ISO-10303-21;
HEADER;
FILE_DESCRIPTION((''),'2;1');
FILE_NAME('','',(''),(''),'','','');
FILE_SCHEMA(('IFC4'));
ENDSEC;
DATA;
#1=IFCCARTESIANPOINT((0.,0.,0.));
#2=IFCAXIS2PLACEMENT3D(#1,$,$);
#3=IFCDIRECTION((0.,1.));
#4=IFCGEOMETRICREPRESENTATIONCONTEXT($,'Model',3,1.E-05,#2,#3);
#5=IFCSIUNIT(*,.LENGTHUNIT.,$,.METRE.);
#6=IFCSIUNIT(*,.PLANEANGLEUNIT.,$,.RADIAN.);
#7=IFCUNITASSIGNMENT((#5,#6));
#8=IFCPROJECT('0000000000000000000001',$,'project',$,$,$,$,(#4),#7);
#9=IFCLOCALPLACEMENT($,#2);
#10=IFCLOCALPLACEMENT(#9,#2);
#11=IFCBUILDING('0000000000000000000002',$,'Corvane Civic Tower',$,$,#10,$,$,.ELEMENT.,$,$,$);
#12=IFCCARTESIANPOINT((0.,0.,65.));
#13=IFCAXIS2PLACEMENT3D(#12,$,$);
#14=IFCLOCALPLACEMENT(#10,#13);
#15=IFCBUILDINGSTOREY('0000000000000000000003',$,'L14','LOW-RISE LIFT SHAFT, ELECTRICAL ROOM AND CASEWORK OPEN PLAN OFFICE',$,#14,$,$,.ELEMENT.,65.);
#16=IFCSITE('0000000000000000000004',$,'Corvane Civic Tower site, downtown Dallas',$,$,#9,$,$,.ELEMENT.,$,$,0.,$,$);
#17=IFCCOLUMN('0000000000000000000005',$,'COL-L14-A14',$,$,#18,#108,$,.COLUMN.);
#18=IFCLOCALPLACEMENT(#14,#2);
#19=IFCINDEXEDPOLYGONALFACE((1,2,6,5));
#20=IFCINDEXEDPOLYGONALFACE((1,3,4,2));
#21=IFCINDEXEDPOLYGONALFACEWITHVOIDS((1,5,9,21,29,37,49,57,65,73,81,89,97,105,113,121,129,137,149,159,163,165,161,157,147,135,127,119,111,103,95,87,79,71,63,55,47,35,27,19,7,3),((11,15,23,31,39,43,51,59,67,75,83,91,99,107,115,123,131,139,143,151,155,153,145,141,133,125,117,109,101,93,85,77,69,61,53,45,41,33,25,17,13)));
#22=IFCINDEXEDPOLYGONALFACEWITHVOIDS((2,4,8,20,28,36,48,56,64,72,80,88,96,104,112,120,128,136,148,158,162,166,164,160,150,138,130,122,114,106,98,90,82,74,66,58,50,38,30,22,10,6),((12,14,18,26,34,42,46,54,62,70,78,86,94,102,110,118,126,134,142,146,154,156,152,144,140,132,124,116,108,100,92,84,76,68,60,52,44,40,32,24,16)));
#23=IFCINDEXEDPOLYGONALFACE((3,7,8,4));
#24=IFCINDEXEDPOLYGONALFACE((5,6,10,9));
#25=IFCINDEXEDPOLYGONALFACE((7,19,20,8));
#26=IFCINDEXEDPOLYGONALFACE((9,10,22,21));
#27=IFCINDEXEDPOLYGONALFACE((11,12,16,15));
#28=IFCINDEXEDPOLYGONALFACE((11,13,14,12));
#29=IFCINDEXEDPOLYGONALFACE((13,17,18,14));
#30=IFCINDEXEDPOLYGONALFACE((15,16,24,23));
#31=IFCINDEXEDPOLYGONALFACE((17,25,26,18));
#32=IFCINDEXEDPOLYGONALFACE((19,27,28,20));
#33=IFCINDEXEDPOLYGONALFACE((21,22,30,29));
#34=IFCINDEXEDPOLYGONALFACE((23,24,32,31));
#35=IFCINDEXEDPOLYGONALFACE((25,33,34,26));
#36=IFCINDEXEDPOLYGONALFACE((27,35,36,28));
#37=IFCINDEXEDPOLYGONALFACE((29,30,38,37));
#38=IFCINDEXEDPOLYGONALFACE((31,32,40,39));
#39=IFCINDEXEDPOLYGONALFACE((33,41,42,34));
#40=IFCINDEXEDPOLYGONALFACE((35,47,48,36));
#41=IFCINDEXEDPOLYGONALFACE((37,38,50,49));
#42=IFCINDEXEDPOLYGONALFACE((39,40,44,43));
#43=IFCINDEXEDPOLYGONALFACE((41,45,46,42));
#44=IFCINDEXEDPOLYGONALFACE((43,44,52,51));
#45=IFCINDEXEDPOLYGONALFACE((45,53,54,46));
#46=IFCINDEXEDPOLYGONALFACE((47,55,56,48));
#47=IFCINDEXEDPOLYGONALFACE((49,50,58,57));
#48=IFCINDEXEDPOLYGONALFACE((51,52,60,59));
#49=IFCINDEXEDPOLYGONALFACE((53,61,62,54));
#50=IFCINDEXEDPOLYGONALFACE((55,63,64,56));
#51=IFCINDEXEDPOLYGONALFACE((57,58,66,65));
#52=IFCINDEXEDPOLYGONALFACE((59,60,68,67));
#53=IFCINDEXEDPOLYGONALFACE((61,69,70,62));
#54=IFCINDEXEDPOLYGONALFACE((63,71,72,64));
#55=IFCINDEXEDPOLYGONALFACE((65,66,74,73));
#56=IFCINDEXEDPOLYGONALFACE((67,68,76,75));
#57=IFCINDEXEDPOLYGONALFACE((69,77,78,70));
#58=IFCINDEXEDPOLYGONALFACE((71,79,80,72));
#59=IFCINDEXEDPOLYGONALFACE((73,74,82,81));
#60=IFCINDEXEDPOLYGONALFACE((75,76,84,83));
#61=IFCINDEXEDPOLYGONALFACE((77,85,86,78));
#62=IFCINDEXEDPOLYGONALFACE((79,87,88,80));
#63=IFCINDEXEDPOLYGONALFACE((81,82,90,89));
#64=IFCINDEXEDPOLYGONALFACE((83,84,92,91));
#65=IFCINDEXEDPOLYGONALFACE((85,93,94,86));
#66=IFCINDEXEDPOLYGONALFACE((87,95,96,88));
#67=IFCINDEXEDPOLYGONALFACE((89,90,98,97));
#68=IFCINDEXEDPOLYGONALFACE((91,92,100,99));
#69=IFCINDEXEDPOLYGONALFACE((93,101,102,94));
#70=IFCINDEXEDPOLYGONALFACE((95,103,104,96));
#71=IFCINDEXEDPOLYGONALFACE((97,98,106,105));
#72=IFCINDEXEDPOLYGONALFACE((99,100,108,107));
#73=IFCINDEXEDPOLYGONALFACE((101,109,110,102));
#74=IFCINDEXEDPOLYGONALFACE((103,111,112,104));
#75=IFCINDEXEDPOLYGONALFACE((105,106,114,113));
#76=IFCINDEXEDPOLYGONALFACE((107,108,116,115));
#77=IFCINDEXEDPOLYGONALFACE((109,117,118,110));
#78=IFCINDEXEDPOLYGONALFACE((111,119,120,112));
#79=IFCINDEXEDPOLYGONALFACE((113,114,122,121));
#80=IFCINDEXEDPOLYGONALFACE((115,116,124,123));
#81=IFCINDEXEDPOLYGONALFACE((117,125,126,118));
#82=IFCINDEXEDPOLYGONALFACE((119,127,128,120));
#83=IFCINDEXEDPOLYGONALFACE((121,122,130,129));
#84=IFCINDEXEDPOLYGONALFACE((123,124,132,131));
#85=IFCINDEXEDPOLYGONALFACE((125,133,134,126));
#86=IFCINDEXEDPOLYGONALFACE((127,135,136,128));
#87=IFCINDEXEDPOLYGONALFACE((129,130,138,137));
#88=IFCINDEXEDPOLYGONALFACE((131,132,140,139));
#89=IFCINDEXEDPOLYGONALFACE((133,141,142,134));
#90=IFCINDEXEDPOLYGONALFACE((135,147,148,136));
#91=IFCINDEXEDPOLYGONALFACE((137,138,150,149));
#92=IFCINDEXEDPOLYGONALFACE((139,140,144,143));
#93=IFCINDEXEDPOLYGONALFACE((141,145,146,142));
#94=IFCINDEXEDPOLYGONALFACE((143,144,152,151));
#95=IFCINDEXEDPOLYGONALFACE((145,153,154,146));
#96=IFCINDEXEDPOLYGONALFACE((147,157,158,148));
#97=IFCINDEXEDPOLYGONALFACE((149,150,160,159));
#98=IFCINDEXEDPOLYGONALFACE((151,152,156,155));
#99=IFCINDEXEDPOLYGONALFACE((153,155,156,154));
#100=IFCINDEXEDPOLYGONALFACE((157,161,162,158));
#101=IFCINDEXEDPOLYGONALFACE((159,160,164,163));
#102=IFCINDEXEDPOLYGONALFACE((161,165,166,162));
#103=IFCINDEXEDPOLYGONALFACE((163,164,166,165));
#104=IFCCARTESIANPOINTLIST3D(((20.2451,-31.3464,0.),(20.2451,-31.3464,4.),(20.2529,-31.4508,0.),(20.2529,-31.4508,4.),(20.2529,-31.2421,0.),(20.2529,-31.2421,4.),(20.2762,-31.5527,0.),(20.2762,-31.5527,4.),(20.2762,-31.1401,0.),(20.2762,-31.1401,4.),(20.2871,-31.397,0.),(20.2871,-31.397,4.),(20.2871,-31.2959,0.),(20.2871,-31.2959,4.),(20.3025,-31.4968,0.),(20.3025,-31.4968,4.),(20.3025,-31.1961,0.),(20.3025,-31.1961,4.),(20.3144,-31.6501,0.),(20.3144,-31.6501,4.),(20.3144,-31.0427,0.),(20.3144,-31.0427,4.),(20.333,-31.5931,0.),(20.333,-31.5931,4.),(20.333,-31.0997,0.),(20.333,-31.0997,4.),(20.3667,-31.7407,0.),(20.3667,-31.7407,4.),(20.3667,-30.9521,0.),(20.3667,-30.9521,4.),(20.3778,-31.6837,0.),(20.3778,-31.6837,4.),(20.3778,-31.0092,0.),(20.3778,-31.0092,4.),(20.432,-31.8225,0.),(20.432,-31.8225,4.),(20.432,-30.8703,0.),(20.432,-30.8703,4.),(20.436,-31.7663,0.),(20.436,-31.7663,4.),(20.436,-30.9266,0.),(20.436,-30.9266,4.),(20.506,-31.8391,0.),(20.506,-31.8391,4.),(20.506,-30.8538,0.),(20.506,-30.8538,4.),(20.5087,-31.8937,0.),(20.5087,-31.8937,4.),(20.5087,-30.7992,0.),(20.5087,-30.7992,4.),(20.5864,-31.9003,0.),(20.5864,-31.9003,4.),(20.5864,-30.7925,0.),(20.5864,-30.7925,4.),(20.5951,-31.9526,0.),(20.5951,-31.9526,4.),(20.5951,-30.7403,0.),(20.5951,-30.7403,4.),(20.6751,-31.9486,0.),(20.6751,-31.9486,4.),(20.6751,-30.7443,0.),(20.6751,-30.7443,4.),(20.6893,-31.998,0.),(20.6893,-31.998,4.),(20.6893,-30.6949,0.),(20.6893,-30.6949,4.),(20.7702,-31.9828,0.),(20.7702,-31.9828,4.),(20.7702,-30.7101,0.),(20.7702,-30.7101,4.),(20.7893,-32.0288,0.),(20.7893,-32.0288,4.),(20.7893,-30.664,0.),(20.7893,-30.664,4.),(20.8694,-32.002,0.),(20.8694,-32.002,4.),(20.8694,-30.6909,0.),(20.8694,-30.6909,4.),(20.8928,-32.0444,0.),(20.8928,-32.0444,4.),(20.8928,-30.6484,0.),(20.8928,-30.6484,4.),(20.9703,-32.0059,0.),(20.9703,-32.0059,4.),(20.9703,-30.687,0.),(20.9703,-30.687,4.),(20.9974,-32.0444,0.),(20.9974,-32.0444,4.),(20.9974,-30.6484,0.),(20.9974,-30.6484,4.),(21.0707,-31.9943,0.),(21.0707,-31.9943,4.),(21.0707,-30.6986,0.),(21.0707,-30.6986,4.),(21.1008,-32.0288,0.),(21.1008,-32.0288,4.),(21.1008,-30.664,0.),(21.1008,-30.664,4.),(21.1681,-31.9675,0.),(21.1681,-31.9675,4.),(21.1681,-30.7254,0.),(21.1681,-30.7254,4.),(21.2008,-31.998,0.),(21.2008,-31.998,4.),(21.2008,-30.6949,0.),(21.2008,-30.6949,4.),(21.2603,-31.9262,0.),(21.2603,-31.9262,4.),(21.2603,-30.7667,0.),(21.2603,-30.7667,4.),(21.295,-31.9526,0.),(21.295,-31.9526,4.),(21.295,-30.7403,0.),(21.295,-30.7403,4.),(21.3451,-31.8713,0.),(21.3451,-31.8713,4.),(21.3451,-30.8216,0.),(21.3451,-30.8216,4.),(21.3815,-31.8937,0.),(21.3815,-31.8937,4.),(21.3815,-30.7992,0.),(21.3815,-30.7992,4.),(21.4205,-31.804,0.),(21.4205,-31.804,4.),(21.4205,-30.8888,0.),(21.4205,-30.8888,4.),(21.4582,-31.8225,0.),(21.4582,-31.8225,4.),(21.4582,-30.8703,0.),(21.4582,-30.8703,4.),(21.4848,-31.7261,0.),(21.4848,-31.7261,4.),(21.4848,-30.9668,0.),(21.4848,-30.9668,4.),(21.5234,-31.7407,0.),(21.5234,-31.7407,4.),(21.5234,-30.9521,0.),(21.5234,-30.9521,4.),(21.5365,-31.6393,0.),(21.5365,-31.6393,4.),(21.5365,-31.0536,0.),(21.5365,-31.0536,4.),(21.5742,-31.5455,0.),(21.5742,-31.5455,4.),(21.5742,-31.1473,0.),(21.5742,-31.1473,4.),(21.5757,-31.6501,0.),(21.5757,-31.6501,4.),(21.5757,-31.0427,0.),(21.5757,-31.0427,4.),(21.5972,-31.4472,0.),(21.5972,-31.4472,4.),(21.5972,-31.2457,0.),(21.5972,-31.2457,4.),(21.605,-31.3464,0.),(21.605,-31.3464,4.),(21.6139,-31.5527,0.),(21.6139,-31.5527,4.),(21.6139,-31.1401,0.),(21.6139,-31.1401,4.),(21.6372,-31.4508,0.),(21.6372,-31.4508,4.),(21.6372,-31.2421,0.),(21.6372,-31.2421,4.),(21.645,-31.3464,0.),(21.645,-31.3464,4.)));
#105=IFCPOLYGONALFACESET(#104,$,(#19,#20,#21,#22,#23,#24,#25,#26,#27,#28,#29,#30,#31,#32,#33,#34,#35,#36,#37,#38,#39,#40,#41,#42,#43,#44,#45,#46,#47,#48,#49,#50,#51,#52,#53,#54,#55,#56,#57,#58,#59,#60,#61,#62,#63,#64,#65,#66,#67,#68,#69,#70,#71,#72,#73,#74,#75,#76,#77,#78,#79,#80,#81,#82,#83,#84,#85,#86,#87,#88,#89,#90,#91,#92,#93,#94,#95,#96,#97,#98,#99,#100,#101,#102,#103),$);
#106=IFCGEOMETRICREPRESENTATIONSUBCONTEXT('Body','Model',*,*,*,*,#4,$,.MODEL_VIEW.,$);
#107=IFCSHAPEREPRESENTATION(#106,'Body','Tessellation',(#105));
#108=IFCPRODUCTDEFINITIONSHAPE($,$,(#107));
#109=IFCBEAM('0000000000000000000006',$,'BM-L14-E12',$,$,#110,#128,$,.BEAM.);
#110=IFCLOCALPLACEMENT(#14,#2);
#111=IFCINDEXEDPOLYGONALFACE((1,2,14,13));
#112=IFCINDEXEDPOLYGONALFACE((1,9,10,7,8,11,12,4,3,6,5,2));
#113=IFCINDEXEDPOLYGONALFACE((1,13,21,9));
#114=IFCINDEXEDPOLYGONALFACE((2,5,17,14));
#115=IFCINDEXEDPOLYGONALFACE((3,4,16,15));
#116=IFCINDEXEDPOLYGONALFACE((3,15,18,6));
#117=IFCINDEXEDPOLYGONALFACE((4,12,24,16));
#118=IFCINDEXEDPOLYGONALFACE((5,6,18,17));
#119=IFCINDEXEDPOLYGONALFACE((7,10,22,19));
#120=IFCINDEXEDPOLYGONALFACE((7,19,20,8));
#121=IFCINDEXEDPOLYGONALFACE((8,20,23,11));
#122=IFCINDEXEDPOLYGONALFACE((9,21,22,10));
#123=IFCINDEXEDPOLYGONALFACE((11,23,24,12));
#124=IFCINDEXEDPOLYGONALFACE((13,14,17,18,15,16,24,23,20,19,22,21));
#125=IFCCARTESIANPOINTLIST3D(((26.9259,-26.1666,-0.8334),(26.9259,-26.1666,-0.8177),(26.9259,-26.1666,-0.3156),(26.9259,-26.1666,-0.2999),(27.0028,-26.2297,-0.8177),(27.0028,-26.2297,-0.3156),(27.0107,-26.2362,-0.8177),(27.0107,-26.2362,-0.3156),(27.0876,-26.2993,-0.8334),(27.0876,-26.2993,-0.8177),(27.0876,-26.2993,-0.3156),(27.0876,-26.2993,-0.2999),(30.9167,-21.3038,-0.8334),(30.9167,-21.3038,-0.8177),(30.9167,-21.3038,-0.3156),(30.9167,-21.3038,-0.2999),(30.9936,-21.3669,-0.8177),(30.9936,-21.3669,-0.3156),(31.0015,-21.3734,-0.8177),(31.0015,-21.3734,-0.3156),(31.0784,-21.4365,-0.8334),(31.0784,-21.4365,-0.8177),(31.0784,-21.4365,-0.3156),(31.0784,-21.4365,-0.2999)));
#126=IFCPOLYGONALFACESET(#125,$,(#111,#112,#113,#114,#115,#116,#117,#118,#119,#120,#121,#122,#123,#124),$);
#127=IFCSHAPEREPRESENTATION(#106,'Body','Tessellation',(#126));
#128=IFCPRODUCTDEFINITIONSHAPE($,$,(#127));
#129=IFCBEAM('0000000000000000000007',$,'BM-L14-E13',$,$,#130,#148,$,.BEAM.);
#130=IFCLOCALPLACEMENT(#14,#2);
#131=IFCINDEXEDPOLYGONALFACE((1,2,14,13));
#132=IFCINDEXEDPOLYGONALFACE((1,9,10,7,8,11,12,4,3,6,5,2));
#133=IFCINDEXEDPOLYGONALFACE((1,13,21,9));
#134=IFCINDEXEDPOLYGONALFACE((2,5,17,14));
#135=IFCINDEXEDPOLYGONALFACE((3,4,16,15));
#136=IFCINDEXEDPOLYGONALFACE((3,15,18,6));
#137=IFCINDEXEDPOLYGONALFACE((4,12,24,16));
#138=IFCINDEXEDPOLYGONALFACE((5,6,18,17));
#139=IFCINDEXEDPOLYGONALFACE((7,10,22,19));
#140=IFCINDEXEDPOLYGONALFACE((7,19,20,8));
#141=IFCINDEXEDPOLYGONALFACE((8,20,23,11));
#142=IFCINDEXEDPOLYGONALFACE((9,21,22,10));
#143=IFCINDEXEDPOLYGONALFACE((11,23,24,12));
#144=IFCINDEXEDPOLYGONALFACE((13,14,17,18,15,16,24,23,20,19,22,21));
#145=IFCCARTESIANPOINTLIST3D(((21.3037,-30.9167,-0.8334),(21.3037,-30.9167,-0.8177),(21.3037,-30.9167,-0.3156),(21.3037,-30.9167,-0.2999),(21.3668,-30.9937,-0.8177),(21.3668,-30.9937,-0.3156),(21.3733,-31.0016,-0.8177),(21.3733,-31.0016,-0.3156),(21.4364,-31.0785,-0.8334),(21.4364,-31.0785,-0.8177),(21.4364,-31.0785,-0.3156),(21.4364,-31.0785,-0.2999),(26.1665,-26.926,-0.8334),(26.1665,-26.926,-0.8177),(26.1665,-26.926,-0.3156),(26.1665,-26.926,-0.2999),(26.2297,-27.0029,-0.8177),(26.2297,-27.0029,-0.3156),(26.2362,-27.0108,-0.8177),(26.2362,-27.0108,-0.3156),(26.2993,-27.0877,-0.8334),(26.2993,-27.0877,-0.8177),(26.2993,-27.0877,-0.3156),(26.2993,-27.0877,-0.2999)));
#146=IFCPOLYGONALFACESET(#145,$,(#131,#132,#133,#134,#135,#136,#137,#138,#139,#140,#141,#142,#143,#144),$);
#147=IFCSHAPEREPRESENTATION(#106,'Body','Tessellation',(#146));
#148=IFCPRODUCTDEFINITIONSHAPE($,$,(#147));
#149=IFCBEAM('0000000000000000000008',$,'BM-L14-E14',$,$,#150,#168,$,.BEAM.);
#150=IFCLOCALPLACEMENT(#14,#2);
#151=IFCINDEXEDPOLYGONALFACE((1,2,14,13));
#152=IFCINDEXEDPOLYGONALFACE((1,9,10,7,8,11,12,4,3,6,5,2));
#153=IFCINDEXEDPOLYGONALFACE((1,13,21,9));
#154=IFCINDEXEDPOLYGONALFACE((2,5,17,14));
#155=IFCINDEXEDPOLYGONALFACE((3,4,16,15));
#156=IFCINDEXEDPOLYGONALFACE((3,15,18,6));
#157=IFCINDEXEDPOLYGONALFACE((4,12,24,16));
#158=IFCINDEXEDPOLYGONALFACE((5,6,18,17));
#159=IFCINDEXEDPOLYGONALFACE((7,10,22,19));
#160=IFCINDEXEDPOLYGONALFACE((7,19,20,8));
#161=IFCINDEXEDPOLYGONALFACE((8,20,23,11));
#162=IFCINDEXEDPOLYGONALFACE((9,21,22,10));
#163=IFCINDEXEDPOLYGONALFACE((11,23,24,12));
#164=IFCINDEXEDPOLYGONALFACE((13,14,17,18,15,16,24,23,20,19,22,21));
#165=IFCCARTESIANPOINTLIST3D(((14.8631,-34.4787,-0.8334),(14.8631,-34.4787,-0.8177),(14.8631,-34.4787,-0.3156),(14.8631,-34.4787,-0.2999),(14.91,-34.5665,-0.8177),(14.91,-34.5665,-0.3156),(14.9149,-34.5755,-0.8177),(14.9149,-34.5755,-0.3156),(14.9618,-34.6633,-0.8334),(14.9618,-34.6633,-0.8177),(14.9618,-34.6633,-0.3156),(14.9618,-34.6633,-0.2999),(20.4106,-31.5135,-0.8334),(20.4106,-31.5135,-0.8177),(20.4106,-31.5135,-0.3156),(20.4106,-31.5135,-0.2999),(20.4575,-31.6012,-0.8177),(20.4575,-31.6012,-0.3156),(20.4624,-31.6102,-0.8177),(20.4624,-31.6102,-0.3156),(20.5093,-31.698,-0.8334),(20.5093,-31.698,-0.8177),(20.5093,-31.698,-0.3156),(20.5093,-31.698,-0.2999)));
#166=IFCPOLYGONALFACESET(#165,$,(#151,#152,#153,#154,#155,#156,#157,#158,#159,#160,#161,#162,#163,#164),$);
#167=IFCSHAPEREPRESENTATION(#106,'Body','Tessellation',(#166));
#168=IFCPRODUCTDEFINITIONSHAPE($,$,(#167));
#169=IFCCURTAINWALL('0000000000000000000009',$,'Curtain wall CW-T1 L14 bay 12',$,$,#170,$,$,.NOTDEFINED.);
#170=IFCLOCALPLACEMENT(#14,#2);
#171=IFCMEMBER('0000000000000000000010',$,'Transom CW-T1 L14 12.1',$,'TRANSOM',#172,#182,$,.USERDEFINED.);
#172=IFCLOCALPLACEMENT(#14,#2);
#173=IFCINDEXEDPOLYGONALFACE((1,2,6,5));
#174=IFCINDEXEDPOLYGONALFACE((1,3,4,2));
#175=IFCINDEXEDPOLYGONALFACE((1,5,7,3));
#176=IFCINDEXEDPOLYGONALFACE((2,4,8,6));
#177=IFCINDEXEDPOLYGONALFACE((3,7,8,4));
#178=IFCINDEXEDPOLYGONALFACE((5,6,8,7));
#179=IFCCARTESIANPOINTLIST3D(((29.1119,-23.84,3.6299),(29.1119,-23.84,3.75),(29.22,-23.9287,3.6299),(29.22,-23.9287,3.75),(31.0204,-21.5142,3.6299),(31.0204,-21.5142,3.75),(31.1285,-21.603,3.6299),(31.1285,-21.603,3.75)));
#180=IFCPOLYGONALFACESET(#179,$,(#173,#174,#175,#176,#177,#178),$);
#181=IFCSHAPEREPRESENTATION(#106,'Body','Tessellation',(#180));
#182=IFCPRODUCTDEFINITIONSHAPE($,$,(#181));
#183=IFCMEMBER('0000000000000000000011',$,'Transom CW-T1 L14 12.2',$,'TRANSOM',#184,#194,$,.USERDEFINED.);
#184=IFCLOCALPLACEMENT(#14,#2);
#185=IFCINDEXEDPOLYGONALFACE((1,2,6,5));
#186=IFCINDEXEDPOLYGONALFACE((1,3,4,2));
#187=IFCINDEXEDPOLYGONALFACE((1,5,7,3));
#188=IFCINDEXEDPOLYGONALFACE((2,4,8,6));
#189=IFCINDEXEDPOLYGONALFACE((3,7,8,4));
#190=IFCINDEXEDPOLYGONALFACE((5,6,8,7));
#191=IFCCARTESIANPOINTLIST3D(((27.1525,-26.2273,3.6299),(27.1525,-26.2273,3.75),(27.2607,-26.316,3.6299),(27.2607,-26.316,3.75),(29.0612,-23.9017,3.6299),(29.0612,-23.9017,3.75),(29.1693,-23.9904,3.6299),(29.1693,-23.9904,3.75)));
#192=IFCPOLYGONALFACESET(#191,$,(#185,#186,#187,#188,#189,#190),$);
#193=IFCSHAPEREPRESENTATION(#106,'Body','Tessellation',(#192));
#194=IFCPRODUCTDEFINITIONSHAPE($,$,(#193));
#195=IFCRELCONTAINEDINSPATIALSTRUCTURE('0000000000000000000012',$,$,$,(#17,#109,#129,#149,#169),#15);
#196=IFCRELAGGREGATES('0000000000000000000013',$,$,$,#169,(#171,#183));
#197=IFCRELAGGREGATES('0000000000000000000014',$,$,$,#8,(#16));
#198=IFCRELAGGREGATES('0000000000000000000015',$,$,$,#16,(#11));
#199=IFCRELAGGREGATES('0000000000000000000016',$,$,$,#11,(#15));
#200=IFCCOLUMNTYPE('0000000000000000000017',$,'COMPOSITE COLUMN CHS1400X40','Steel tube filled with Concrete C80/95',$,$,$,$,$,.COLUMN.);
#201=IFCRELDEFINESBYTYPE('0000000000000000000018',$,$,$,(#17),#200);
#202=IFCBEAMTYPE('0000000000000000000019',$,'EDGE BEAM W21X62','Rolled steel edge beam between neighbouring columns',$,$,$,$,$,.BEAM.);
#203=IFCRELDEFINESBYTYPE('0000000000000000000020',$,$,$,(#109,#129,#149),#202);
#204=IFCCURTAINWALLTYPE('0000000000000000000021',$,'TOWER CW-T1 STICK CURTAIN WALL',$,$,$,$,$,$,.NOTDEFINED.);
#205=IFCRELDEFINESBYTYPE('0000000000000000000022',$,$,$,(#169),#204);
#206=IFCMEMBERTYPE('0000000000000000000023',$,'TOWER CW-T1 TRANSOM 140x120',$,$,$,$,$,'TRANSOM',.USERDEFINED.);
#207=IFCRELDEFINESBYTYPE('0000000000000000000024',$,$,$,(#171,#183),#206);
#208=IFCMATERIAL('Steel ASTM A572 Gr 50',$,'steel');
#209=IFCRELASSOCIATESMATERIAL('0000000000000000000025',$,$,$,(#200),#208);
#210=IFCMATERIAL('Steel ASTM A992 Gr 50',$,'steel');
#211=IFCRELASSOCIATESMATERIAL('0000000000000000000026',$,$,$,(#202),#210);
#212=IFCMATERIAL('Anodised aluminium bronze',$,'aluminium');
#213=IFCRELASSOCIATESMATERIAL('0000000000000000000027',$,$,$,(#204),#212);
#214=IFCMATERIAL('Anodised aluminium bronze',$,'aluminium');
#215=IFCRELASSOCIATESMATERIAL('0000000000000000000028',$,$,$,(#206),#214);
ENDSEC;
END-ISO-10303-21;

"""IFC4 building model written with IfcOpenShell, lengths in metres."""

from ifc_helpers import new_model, si_unit, direction, frame, origin, origin_2d, place, context, subcontext, project, spatial, rectangle, hollow_circle, i_section, extrude, material, material_profile, profile_set, type_object, element, aggregate, save


model = new_model("IFC4")

# Units and contexts
model_context = context("Model", 3, precision=1e-05, world=origin(), true_north=direction((0.0, 1.0)))
body_context = subcontext(model_context, "Body", "Model", "MODEL_VIEW")
ifc_project = project(units=[si_unit("LENGTHUNIT", "METRE"), si_unit("PLANEANGLEUNIT", "RADIAN")], contexts=[model_context])

# Site, building, storey
site_placement = place(None, origin())
site = spatial("IfcSite", under=ifc_project, at=site_placement, Name="Corvane Civic Tower site, downtown Dallas", CompositionType="ELEMENT", RefElevation=0.0)
building_placement = place(site_placement, origin())
building = spatial("IfcBuilding", under=site, at=building_placement, Name="Corvane Civic Tower", CompositionType="ELEMENT")
storey_placement = place(building_placement, frame((0.0, 0.0, 65.0)))
storey = spatial("IfcBuildingStorey", under=building, at=storey_placement, Name="L14", Description="LOW-RISE LIFT SHAFT, ELECTRICAL ROOM AND CASEWORK OPEN PLAN OFFICE", CompositionType="ELEMENT", Elevation=65.0)

# Column
ifc_material_1 = material(Name="Steel ASTM A572 Gr 50", Category="steel")
ifc_material_profile_1 = material_profile(ifc_material_1, hollow_circle(Radius=0.7, WallThickness=0.04, at=origin_2d()), Name="CHS1400X40")
ifc_profile_set_1 = profile_set([ifc_material_profile_1], Name="Steel ASTM A572 Gr 50")
column_type = type_object("IfcColumnType", Name="COMPOSITE COLUMN CHS1400X40", Description="Steel tube filled with Concrete C80/95", PredefinedType="COLUMN", material=ifc_profile_set_1)
for number, where, z_axis, x_axis, name in (
    (1, (20.9451, -31.3464, 0.0), (0.0, 0.0, 1.0), (1.0, 0.0, 0.0), "COL-L14-A14"),
):
    element("IfcColumn", number, at=place(storey_placement, frame(where, z_axis=z_axis, x_axis=x_axis)), inside=storey, type_object=column_type, Name=name, PredefinedType="COLUMN", context=body_context, shape_type="SweptSolid", body=[
        extrude(hollow_circle(Radius=0.7, WallThickness=0.04, at=origin_2d()), origin(), (0.0, 0.0, 1.0), 4.0),
    ])

# Beams
ifc_material_2 = material(Name="Steel ASTM A992 Gr 50", Category="steel")
ifc_material_profile_2 = material_profile(ifc_material_2, i_section(OverallWidth=0.2092, OverallDepth=0.5334, WebThickness=0.0103, FlangeThickness=0.0156, at=origin_2d()), Name="W21X62")
ifc_profile_set_2 = profile_set([ifc_material_profile_2], Name="Steel ASTM A992 Gr 50")
beam_type = type_object("IfcBeamType", Name="EDGE BEAM W21X62", Description="Rolled steel edge beam between neighbouring columns", PredefinedType="BEAM", material=ifc_profile_set_2)
for number, where, z_axis, x_axis, name in (
    (2, (30.9976, -21.3701, -0.5667), (-0.634387, -0.773016, 0.0), (0.773016, -0.634387, 0.0), "BM-L14-E12"),
    (3, (26.2329, -27.0068, -0.5667), (-0.773016, -0.634387, 0.0), (0.634387, -0.773016, 0.0), "BM-L14-E13"),
):
    element("IfcBeam", number, at=place(storey_placement, frame(where, z_axis=z_axis, x_axis=x_axis)), inside=storey, type_object=beam_type, Name=name, PredefinedType="BEAM", context=body_context, shape_type="SweptSolid", body=[
        extrude(i_section(OverallWidth=0.2092, OverallDepth=0.5334, WebThickness=0.0103, FlangeThickness=0.0156, at=origin_2d()), origin(), (0.0, 0.0, 1.0), 6.2908),
    ])
beam_placement = place(storey_placement, frame((20.46, -31.6057, -0.5667), z_axis=(-0.881916, -0.471406, 0.0), x_axis=(0.471406, -0.881916, 0.0)))
element("IfcBeam", 4, at=beam_placement, inside=storey, type_object=beam_type, Name="BM-L14-E14", PredefinedType="BEAM", context=body_context, shape_type="SweptSolid", body=[
    extrude(i_section(OverallWidth=0.2092, OverallDepth=0.5334, WebThickness=0.0103, FlangeThickness=0.0156, at=origin_2d()), origin(), (0.0, 0.0, 1.0), 6.2903),
])

# Curtain wall, members
ifc_material_3 = material(Name="Anodised aluminium bronze", Category="aluminium")
curtain_wall_type = type_object("IfcCurtainWallType", Name="TOWER CW-T1 STICK CURTAIN WALL", PredefinedType="NOTDEFINED", material=ifc_material_3)
curtain_wall_1_placement = place(storey_placement, origin())
curtain_wall_1 = element("IfcCurtainWall", 5, at=curtain_wall_1_placement, inside=storey, type_object=curtain_wall_type, Name="Curtain wall CW-T1 L14 bay 12", PredefinedType="NOTDEFINED")
ifc_material_4 = material(Name="Anodised aluminium bronze", Category="aluminium")
ifc_material_profile_3 = material_profile(ifc_material_4, rectangle(XDim=0.1399, YDim=0.1201, at=origin_2d()), Name="TOWER CW-T1 TRANSOM 140x120")
ifc_profile_set_3 = profile_set([ifc_material_profile_3], Name="Anodised aluminium bronze")
member_type_1 = type_object("IfcMemberType", Name="TOWER CW-T1 TRANSOM 140x120", ElementType="TRANSOM", PredefinedType="USERDEFINED", material=ifc_profile_set_3)
member_1_placement = place(storey_placement, frame((31.0745, -21.5586, 3.6899), z_axis=(-0.634355, -0.773042, 0.0), x_axis=(0.773042, -0.634355, 0.0)))
member_1 = element("IfcMember", 6, at=member_1_placement, type_object=member_type_1, Name="Transom CW-T1 L14 12.1", ObjectType="TRANSOM", PredefinedType="USERDEFINED", context=body_context, shape_type="SweptSolid", body=[
    extrude(rectangle(XDim=0.1399, YDim=0.1201, at=origin_2d()), origin(), (0.0, 0.0, 1.0), 3.0085),
])
member_2_placement = place(storey_placement, frame((29.1152, -23.946, 3.6899), z_axis=(-0.634404, -0.773002, 0.0), x_axis=(0.773002, -0.634404, 0.0)))
member_2 = element("IfcMember", 7, at=member_2_placement, type_object=member_type_1, Name="Transom CW-T1 L14 12.2", ObjectType="TRANSOM", PredefinedType="USERDEFINED", context=body_context, shape_type="SweptSolid", body=[
    extrude(rectangle(XDim=0.1399, YDim=0.1201, at=origin_2d()), origin(), (0.0, 0.0, 1.0), 3.0085),
])

aggregate(curtain_wall_1, [member_1, member_2])

save(model, "model.ifc")
